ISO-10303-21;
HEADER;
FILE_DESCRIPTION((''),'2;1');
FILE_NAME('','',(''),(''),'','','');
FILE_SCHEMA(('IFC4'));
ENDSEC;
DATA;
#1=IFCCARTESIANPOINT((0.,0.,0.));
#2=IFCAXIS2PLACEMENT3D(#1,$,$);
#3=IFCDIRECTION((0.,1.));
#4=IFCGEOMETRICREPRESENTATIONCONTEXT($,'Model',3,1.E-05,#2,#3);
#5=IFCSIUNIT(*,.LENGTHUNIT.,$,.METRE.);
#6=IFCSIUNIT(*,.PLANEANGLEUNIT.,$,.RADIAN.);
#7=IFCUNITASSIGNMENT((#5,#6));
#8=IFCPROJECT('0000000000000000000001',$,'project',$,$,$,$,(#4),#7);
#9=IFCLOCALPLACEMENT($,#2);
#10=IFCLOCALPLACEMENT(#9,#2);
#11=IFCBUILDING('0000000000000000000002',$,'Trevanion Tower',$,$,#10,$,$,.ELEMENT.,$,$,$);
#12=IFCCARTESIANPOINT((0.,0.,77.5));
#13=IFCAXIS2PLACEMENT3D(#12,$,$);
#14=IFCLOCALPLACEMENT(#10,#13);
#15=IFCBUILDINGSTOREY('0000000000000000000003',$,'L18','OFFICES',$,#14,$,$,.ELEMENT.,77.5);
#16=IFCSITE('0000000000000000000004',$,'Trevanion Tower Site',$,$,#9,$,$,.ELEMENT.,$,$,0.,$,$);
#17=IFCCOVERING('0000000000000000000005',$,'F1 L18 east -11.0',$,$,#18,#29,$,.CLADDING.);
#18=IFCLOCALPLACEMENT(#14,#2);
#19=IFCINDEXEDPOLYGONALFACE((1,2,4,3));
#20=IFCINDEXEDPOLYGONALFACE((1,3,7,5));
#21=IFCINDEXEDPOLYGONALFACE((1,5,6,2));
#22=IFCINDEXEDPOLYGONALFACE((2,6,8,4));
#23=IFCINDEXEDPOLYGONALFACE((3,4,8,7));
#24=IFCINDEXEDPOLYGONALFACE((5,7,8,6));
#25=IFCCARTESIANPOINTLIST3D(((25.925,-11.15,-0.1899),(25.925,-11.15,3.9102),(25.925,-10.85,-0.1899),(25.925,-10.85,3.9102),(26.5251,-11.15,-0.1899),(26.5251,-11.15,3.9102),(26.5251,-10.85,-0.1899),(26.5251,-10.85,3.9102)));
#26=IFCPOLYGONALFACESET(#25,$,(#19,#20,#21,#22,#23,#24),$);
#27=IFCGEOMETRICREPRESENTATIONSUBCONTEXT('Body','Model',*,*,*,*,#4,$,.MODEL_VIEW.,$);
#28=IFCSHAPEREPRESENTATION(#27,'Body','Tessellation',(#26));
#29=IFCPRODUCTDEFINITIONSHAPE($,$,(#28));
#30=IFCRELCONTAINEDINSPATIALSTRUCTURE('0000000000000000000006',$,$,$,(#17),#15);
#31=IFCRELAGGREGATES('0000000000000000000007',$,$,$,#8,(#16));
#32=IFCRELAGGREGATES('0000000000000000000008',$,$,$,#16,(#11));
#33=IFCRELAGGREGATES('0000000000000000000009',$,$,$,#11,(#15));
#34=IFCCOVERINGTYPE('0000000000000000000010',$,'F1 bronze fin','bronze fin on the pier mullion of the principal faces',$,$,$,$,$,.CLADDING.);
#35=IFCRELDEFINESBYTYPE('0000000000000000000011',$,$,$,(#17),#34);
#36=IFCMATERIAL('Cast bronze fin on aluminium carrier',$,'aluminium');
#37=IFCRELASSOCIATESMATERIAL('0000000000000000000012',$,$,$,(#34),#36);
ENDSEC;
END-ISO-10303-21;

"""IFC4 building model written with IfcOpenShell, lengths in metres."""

from ifc_helpers import new_model, si_unit, direction, frame, origin, origin_2d, place, context, subcontext, project, spatial, rectangle, extrude, material, type_object, element, save


model = new_model("IFC4")

# Units and contexts
model_context = context("Model", 3, precision=1e-05, world=origin(), true_north=direction((0.0, 1.0)))
body_context = subcontext(model_context, "Body", "Model", "MODEL_VIEW")
ifc_project = project(units=[si_unit("LENGTHUNIT", "METRE"), si_unit("PLANEANGLEUNIT", "RADIAN")], contexts=[model_context])

# Site, building, storey
site_placement = place(None, origin())
site = spatial("IfcSite", under=ifc_project, at=site_placement, Name="Trevanion Tower Site", CompositionType="ELEMENT", RefElevation=0.0)
building_placement = place(site_placement, origin())
building = spatial("IfcBuilding", under=site, at=building_placement, Name="Trevanion Tower", CompositionType="ELEMENT")
storey_placement = place(building_placement, frame((0.0, 0.0, 77.5)))
storey = spatial("IfcBuildingStorey", under=building, at=storey_placement, Name="L18", Description="OFFICES", CompositionType="ELEMENT", Elevation=77.5)

# Covering
ifc_material_1 = material(Name="Cast bronze fin on aluminium carrier", Category="aluminium")
covering_type = type_object("IfcCoveringType", Name="F1 bronze fin", Description="bronze fin on the pier mullion of the principal faces", PredefinedType="CLADDING", material=ifc_material_1)
covering_placement = place(storey_placement, frame((26.2251, -11.0, -0.1899), z_axis=(0.0, 0.0, 1.0), x_axis=(0.0, 1.0, 0.0)))
element("IfcCovering", 1, at=covering_placement, inside=storey, type_object=covering_type, Name="F1 L18 east -11.0", PredefinedType="CLADDING", context=body_context, shape_type="SweptSolid", body=[
    extrude(rectangle(XDim=0.3, YDim=0.6001, at=origin_2d()), origin(), (0.0, 0.0, 1.0), 4.1001),
])

save(model, "model.ifc")
